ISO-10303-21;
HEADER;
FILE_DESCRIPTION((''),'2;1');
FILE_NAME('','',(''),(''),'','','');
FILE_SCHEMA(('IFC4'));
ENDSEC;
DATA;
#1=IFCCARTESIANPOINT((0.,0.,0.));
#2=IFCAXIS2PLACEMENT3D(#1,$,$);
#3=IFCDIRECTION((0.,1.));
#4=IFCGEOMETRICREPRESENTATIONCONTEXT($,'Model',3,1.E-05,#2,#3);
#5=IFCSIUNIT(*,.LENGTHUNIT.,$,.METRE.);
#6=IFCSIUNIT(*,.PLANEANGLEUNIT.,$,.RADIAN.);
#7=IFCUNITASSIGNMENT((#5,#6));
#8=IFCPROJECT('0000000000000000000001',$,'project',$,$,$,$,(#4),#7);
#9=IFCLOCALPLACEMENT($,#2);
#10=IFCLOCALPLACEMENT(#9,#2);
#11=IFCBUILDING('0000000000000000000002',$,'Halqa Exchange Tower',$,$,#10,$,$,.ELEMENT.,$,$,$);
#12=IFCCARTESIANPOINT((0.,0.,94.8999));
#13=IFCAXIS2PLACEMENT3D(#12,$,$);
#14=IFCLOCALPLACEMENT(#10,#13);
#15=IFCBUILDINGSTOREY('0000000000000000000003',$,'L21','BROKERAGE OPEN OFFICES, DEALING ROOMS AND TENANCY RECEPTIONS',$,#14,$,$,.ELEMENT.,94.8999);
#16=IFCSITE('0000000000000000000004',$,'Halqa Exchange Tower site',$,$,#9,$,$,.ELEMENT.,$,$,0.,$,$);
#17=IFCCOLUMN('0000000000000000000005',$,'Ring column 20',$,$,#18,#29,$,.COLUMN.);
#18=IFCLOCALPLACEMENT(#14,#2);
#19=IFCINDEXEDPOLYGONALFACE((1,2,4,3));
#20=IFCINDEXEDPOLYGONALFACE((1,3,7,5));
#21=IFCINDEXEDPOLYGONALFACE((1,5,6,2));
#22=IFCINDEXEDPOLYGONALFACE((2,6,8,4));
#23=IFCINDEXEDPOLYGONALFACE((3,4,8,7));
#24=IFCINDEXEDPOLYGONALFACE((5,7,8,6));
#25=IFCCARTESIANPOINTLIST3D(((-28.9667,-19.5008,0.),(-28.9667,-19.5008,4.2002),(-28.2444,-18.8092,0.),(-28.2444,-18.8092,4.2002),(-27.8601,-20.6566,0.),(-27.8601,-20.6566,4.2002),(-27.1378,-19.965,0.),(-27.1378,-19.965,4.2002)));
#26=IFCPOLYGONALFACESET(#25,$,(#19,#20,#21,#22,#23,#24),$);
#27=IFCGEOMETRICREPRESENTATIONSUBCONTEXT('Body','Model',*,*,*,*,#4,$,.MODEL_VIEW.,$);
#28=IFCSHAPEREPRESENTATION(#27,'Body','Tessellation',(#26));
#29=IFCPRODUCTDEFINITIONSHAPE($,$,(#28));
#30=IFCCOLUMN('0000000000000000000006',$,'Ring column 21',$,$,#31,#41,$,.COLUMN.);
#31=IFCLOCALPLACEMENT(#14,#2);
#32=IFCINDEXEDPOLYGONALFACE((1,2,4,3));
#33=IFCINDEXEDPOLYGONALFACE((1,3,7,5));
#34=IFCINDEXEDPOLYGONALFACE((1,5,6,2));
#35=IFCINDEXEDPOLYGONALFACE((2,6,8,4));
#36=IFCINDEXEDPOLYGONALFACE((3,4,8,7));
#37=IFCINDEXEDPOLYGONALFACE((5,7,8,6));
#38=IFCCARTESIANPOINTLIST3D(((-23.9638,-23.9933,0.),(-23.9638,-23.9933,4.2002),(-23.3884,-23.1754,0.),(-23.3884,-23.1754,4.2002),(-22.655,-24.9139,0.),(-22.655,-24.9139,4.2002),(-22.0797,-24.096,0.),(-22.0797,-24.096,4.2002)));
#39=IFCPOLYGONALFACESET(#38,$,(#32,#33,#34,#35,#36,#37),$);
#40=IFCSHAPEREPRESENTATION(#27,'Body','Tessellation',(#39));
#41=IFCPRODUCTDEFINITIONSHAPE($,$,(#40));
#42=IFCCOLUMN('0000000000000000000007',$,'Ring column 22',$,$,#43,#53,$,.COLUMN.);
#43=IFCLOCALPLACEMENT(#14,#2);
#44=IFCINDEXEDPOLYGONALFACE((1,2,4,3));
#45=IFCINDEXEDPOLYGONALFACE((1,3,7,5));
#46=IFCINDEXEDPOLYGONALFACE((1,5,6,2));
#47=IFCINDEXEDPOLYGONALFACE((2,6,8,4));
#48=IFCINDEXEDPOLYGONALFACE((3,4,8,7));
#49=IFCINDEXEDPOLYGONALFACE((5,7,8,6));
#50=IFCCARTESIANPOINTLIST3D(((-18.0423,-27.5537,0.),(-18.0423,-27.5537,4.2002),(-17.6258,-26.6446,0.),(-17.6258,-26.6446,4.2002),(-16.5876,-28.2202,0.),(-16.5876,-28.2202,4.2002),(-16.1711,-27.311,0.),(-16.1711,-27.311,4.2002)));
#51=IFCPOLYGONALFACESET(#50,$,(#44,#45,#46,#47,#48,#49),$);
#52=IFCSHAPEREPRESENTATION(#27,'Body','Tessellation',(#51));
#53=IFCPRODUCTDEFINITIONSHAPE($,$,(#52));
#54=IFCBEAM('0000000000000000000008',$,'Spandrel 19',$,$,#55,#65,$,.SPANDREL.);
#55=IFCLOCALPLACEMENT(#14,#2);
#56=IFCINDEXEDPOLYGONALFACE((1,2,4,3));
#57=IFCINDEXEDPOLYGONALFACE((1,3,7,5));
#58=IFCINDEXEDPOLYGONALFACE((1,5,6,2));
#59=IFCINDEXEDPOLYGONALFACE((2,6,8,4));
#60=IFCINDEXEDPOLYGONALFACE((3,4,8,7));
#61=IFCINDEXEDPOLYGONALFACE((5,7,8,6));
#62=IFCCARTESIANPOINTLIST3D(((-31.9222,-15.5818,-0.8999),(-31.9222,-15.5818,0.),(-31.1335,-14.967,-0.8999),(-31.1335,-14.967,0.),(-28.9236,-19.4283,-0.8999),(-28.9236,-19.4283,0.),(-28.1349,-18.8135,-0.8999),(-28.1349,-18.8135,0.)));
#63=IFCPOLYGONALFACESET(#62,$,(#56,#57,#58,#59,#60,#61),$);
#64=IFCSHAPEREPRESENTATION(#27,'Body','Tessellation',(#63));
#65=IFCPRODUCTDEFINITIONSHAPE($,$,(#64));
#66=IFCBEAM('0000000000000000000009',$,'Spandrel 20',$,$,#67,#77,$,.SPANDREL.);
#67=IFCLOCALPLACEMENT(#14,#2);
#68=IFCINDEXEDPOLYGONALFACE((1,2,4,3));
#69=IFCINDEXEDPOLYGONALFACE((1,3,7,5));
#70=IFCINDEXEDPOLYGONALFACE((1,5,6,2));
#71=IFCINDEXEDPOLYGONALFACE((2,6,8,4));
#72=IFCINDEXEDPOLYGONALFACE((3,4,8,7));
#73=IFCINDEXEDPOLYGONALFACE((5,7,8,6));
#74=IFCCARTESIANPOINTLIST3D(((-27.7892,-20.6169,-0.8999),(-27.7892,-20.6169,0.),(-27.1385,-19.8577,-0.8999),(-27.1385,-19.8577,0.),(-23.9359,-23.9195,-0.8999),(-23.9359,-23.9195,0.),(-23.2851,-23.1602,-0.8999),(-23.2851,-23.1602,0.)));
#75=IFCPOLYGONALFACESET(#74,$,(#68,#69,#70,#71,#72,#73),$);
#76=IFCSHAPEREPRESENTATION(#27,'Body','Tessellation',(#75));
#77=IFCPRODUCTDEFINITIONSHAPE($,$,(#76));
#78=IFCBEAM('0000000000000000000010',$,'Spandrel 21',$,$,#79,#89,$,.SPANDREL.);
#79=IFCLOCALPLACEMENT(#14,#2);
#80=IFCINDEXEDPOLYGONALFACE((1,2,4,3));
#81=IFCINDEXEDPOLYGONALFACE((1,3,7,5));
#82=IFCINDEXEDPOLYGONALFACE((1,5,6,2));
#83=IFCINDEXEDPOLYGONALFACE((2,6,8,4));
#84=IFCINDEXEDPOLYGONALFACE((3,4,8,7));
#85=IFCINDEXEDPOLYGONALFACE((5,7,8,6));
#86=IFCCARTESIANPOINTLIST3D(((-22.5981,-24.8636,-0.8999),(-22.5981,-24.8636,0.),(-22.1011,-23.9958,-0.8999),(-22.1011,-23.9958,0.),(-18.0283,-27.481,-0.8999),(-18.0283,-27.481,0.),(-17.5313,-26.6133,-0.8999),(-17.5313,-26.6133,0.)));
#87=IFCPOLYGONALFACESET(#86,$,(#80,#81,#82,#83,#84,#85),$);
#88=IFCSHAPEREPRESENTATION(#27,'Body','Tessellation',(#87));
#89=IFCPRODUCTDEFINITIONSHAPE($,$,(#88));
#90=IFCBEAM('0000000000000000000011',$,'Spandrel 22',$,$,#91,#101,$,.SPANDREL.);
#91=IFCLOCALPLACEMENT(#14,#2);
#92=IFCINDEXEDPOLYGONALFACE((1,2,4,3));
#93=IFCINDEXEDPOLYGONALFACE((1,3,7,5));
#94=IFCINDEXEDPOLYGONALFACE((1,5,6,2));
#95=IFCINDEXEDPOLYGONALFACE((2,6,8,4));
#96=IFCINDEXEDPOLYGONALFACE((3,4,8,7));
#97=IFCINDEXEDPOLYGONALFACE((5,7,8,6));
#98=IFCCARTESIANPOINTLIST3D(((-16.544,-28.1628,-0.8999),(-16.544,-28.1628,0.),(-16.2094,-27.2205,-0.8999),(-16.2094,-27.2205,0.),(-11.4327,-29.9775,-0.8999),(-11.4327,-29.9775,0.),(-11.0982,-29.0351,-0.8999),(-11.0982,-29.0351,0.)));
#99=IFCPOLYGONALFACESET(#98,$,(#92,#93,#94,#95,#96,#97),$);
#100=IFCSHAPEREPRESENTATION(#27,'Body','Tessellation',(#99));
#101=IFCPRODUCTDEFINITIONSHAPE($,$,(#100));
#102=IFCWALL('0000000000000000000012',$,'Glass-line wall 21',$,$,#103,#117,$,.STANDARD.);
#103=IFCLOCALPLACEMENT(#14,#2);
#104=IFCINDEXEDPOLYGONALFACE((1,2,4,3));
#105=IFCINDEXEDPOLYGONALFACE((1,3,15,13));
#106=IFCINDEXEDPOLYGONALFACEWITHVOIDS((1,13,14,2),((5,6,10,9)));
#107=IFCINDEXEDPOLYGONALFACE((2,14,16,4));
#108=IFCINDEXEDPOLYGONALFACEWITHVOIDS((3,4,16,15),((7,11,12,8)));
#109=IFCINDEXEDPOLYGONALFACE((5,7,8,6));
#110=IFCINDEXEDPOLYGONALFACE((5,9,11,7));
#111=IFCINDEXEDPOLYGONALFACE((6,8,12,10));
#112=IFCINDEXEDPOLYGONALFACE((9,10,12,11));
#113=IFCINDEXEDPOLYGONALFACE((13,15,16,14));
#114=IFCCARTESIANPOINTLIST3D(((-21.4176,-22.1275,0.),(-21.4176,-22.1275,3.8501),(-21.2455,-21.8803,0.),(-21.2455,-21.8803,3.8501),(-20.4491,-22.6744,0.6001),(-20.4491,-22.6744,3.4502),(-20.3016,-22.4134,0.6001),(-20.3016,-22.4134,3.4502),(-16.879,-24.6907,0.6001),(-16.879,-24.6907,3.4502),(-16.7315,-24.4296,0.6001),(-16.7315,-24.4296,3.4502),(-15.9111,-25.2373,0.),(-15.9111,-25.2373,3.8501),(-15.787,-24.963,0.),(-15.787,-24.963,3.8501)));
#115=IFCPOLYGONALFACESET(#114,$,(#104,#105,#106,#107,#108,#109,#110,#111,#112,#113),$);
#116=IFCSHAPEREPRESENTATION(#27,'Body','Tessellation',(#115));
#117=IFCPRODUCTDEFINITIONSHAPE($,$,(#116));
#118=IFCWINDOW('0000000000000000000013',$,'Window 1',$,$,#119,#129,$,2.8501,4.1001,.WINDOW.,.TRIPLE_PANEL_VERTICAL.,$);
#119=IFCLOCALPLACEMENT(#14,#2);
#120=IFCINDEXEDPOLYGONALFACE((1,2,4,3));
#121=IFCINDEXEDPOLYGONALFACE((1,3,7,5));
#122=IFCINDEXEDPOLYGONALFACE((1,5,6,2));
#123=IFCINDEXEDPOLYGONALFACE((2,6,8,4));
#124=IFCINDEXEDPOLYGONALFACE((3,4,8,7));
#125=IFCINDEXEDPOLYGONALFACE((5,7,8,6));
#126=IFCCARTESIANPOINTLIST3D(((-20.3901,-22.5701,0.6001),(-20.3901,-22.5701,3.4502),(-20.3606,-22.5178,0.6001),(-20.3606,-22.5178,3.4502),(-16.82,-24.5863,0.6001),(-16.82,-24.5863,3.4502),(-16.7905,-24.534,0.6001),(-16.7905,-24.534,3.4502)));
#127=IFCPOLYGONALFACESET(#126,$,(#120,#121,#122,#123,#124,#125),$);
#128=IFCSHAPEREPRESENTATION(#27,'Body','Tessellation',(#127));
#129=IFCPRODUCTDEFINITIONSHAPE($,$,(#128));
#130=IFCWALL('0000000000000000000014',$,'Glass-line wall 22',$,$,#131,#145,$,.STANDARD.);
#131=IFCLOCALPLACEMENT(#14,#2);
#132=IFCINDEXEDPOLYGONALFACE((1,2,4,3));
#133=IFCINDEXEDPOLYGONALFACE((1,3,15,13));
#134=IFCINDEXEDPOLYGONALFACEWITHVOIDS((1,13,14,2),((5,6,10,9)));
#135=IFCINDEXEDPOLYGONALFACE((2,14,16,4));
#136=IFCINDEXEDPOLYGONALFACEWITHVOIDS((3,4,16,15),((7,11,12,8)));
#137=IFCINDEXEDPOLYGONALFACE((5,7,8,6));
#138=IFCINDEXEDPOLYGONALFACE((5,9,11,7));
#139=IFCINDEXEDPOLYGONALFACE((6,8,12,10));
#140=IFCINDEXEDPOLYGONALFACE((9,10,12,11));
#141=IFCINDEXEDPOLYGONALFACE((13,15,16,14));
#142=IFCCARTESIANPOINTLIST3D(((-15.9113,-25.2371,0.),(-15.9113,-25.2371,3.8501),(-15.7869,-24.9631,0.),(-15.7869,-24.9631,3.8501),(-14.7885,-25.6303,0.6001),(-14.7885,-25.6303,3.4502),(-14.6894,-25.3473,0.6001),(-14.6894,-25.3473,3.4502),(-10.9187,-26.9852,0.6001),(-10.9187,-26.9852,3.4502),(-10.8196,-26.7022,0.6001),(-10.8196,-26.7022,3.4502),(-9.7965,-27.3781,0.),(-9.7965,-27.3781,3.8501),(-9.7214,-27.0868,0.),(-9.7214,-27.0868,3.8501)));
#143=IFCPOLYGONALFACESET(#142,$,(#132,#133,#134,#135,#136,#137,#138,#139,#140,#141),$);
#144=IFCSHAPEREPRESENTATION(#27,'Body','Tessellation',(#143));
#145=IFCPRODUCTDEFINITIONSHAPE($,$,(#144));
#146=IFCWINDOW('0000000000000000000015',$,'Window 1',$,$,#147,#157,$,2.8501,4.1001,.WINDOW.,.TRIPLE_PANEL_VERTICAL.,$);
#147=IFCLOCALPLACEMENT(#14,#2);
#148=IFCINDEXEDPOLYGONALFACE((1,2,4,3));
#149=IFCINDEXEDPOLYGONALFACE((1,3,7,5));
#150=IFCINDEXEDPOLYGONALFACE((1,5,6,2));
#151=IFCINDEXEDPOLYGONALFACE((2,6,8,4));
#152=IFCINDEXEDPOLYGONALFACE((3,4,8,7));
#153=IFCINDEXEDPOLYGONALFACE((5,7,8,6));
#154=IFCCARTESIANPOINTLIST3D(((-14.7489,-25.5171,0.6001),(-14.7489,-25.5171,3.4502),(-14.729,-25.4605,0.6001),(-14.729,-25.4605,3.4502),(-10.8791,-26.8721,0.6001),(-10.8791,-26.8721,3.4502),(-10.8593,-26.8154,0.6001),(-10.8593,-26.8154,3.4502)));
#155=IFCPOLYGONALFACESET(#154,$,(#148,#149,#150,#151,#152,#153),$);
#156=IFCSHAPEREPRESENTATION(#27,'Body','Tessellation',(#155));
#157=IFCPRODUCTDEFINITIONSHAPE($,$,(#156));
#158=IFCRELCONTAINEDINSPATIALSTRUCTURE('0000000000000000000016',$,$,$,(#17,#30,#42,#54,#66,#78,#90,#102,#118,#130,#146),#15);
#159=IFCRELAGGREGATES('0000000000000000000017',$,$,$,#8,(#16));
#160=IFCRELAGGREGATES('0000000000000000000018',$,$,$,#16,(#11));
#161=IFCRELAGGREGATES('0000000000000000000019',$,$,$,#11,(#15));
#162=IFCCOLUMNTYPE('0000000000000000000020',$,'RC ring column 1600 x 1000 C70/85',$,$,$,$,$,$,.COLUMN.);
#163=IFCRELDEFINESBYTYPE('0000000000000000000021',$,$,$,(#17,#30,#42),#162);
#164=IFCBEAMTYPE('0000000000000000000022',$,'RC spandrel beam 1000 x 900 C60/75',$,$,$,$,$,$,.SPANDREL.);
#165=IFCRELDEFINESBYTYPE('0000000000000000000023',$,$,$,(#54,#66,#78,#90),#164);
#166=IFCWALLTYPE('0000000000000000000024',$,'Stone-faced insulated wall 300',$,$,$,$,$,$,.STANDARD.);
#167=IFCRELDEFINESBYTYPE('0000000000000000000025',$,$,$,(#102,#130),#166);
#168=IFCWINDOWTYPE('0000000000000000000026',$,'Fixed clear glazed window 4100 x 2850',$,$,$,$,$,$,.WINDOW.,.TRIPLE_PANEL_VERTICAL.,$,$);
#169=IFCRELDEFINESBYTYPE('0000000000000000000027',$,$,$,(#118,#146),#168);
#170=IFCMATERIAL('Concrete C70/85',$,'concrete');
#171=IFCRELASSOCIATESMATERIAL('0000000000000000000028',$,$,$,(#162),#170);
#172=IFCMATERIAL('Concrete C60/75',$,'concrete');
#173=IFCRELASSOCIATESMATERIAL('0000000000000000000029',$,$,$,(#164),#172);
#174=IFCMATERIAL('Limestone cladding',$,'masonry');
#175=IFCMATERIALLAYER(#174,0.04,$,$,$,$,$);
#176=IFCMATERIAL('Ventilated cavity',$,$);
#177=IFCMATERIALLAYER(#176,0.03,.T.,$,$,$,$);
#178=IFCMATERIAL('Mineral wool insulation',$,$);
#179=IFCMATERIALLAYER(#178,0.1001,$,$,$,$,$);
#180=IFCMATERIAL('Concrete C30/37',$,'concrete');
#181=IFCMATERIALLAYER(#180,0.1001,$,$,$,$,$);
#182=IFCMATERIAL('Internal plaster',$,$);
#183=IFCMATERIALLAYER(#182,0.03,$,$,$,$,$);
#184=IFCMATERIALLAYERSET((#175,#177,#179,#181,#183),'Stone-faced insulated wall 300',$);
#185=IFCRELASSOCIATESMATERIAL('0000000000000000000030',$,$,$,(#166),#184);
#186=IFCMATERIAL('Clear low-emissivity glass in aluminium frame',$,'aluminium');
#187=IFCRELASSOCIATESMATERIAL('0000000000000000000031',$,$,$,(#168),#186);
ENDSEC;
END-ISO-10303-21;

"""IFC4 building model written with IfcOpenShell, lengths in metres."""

from ifc_helpers import new_model, si_unit, direction, frame, frame_2d, origin, origin_2d, place, context, subcontext, project, spatial, polyline, rectangle, outline, extrude, material, layer, layer_set, material_profile, profile_set, type_object, element, fill, save


model = new_model("IFC4")

# Units and contexts
model_context = context("Model", 3, precision=1e-05, world=origin(), true_north=direction((0.0, 1.0)))
body_context = subcontext(model_context, "Body", "Model", "MODEL_VIEW")
ifc_project = project(units=[si_unit("LENGTHUNIT", "METRE"), si_unit("PLANEANGLEUNIT", "RADIAN")], contexts=[model_context])

# Site, building, storey
site_placement = place(None, origin())
site = spatial("IfcSite", under=ifc_project, at=site_placement, Name="Halqa Exchange Tower site", CompositionType="ELEMENT", RefElevation=0.0)
building_placement = place(site_placement, origin())
building = spatial("IfcBuilding", under=site, at=building_placement, Name="Halqa Exchange Tower", CompositionType="ELEMENT")
storey_placement = place(building_placement, frame((0.0, 0.0, 94.8999)))
storey = spatial("IfcBuildingStorey", under=building, at=storey_placement, Name="L21", Description="BROKERAGE OPEN OFFICES, DEALING ROOMS AND TENANCY RECEPTIONS", CompositionType="ELEMENT", Elevation=94.8999)

# Columns
ifc_material_1 = material(Name="Concrete C70/85", Category="concrete")
ifc_material_profile_1 = material_profile(ifc_material_1, rectangle(XDim=1.6001, YDim=1.0, at=origin_2d()), Name="1600 x 1000")
ifc_profile_set_1 = profile_set([ifc_material_profile_1], Name="Concrete C70/85")
column_type = type_object("IfcColumnType", Name="RC ring column 1600 x 1000 C70/85", PredefinedType="COLUMN", material=ifc_profile_set_1)
for number, where, z_axis, x_axis, name in (
    (1, (-28.0522, -19.7329, 0.0), (0.0, 0.0, 1.0), (0.691576, -0.722304, 0.0), "Ring column 20"),
    (2, (-23.0217, -24.0447, 0.0), (0.0, 0.0, 1.0), (0.817909, -0.575348, 0.0), "Ring column 21"),
    (3, (-17.1067, -27.4324, 0.0), (0.0, 0.0, 1.0), (0.909126, -0.41652, 0.0), "Ring column 22"),
):
    element("IfcColumn", number, at=place(storey_placement, frame(where, z_axis=z_axis, x_axis=x_axis)), inside=storey, type_object=column_type, Name=name, PredefinedType="COLUMN", context=body_context, shape_type="SweptSolid", body=[
        extrude(rectangle(XDim=1.6001, YDim=1.0, at=origin_2d()), origin(), (0.0, 0.0, 1.0), 4.2002),
    ])

# Beams
ifc_material_2 = material(Name="Concrete C60/75", Category="concrete")
ifc_material_profile_2 = material_profile(ifc_material_2, rectangle(XDim=1.0, YDim=0.8999, at=origin_2d()), Name="1000 x 900")
ifc_profile_set_2 = profile_set([ifc_material_profile_2], Name="Concrete C60/75")
beam_type = type_object("IfcBeamType", Name="RC spandrel beam 1000 x 900 C60/75", PredefinedType="SPANDREL", material=ifc_profile_set_2)
beam_1_placement = place(storey_placement, frame((-31.5278, -15.2744, -0.45), z_axis=(0.614817, -0.78867, 0.0), x_axis=(0.78867, 0.614817, 0.0)))
element("IfcBeam", 4, at=beam_1_placement, inside=storey, type_object=beam_type, Name="Spandrel 19", PredefinedType="SPANDREL", context=body_context, shape_type="SweptSolid", body=[
    extrude(rectangle(XDim=1.0, YDim=0.8999, at=origin_2d()), origin(), (0.0, 0.0, 1.0), 4.8772),
])
beam_2_placement = place(storey_placement, frame((-27.4639, -20.2373, -0.45), z_axis=(0.759287, -0.650756, 0.0), x_axis=(0.650756, 0.759287, 0.0)))
element("IfcBeam", 5, at=beam_2_placement, inside=storey, type_object=beam_type, Name="Spandrel 20", PredefinedType="SPANDREL", context=body_context, shape_type="SweptSolid", body=[
    extrude(rectangle(XDim=1.0, YDim=0.8999, at=origin_2d()), origin(), (0.0, 0.0, 1.0), 5.075),
])
beam_3_placement = place(storey_placement, frame((-22.3496, -24.4297, -0.45), z_axis=(0.867743, -0.497012, 0.0), x_axis=(0.497012, 0.867743, 0.0)))
element("IfcBeam", 6, at=beam_3_placement, inside=storey, type_object=beam_type, Name="Spandrel 21", PredefinedType="SPANDREL", context=body_context, shape_type="SweptSolid", body=[
    extrude(rectangle(XDim=1.0, YDim=0.8999, at=origin_2d()), origin(), (0.0, 0.0, 1.0), 5.2664),
])
beam_4_placement = place(storey_placement, frame((-16.3767, -27.6917, -0.45), z_axis=(0.94237, -0.334574, 0.0), x_axis=(0.334574, 0.94237, 0.0)))
element("IfcBeam", 7, at=beam_4_placement, inside=storey, type_object=beam_type, Name="Spandrel 22", PredefinedType="SPANDREL", context=body_context, shape_type="SweptSolid", body=[
    extrude(rectangle(XDim=1.0, YDim=0.8999, at=origin_2d()), origin(), (0.0, 0.0, 1.0), 5.4238),
])

# Shared definitions
ifc_material_3 = material(Name="Limestone cladding", Category="masonry")
ifc_layer_1 = layer(ifc_material_3, 0.04)
ifc_material_4 = material(Name="Ventilated cavity")
ifc_layer_2 = layer(ifc_material_4, 0.03, ventilated=True)
ifc_material_5 = material(Name="Mineral wool insulation")
ifc_layer_3 = layer(ifc_material_5, 0.1001)
ifc_material_6 = material(Name="Concrete C30/37", Category="concrete")
ifc_layer_4 = layer(ifc_material_6, 0.1001)
ifc_material_7 = material(Name="Internal plaster")
ifc_layer_5 = layer(ifc_material_7, 0.03)
ifc_layer_set_1 = layer_set([ifc_layer_1, ifc_layer_2, ifc_layer_3, ifc_layer_4, ifc_layer_5], Name="Stone-faced insulated wall 300")
wall_type_1 = type_object("IfcWallType", Name="Stone-faced insulated wall 300", PredefinedType="STANDARD", material=ifc_layer_set_1)
ifc_material_8 = material(Name="Clear low-emissivity glass in aluminium frame", Category="aluminium")

# Walls, openings, windows
wall_1_placement = place(storey_placement, frame((-21.3315, -22.0039, 0.0), z_axis=(0.0, 0.0, 1.0), x_axis=(0.870738, -0.491748, 0.0)))
wall_1 = element("IfcWall", 8, at=wall_1_placement, inside=storey, type_object=wall_type_1, Name="Glass-line wall 21", PredefinedType="STANDARD", context=body_context, shape_type="SweptSolid", body=[
    extrude(outline(polyline([(-0.0142, -0.1499), (6.3098, -0.1499), (6.283, 0.1499), (0.0142, 0.1499), (-0.0142, -0.1499)])), origin(), (0.0, 0.0, 1.0), 3.8501),
])
opening_1_placement = place(wall_1_placement, frame((1.0981, 0.0, 0.6001)))
opening_1 = element("IfcOpeningElement", 9, at=opening_1_placement, cuts=wall_1, PredefinedType="OPENING", context=body_context, shape_type="SweptSolid", body=[
    extrude(rectangle(XDim=4.1001, YDim=2.8501, at=frame_2d((2.05, 1.425))), frame((0.0, 0.1621, 0.0), z_axis=(0.0, -1.0, 0.0), x_axis=(1.0, 0.0, 0.0)), (0.0, 0.0, 1.0), 0.324),
])
window_type = type_object("IfcWindowType", Name="Fixed clear glazed window 4100 x 2850", PartitioningType="TRIPLE_PANEL_VERTICAL", PredefinedType="WINDOW", material=ifc_material_8)
window_1_placement = place(opening_1_placement, origin())
window_1 = element("IfcWindow", 10, at=window_1_placement, inside=storey, type_object=window_type, Name="Window 1", OverallHeight=2.8501, OverallWidth=4.1001, PartitioningType="TRIPLE_PANEL_VERTICAL", PredefinedType="WINDOW", context=body_context, shape_type="SweptSolid", body=[
    extrude(rectangle(XDim=4.1001, YDim=2.8501, at=frame_2d((2.05, 1.425))), frame((0.0, 0.03, 0.0), z_axis=(0.0, -1.0, 0.0), x_axis=(1.0, 0.0, 0.0)), (0.0, 0.0, 1.0), 0.0601),
])
fill(opening_1, window_1)
wall_2_placement = place(storey_placement, frame((-15.8491, -25.1001, 0.0), z_axis=(0.0, 0.0, 1.0), x_axis=(0.94382, -0.33046, 0.0)))
wall_2 = element("IfcWall", 11, at=wall_2_placement, inside=storey, type_object=wall_type_1, Name="Glass-line wall 22", PredefinedType="STANDARD", context=body_context, shape_type="SweptSolid", body=[
    extrude(outline(polyline([(-0.0134, -0.1499), (6.4653, -0.1499), (6.4399, 0.1499), (0.0134, 0.1499), (-0.0134, -0.1499)])), origin(), (0.0, 0.0, 1.0), 3.8501),
])
opening_2_placement = place(wall_2_placement, frame((1.1763, 0.0, 0.6001)))
opening_2 = element("IfcOpeningElement", 12, at=opening_2_placement, cuts=wall_2, PredefinedType="OPENING", context=body_context, shape_type="SweptSolid", body=[
    extrude(rectangle(XDim=4.1001, YDim=2.8501, at=frame_2d((2.05, 1.425))), frame((0.0, 0.1621, 0.0), z_axis=(0.0, -1.0, 0.0), x_axis=(1.0, 0.0, 0.0)), (0.0, 0.0, 1.0), 0.324),
])
window_2_placement = place(opening_2_placement, origin())
window_2 = element("IfcWindow", 13, at=window_2_placement, inside=storey, type_object=window_type, Name="Window 1", OverallHeight=2.8501, OverallWidth=4.1001, PartitioningType="TRIPLE_PANEL_VERTICAL", PredefinedType="WINDOW", context=body_context, shape_type="SweptSolid", body=[
    extrude(rectangle(XDim=4.1001, YDim=2.8501, at=frame_2d((2.05, 1.425))), frame((0.0, 0.03, 0.0), z_axis=(0.0, -1.0, 0.0), x_axis=(1.0, 0.0, 0.0)), (0.0, 0.0, 1.0), 0.0601),
])
fill(opening_2, window_2)

save(model, "model.ifc")
